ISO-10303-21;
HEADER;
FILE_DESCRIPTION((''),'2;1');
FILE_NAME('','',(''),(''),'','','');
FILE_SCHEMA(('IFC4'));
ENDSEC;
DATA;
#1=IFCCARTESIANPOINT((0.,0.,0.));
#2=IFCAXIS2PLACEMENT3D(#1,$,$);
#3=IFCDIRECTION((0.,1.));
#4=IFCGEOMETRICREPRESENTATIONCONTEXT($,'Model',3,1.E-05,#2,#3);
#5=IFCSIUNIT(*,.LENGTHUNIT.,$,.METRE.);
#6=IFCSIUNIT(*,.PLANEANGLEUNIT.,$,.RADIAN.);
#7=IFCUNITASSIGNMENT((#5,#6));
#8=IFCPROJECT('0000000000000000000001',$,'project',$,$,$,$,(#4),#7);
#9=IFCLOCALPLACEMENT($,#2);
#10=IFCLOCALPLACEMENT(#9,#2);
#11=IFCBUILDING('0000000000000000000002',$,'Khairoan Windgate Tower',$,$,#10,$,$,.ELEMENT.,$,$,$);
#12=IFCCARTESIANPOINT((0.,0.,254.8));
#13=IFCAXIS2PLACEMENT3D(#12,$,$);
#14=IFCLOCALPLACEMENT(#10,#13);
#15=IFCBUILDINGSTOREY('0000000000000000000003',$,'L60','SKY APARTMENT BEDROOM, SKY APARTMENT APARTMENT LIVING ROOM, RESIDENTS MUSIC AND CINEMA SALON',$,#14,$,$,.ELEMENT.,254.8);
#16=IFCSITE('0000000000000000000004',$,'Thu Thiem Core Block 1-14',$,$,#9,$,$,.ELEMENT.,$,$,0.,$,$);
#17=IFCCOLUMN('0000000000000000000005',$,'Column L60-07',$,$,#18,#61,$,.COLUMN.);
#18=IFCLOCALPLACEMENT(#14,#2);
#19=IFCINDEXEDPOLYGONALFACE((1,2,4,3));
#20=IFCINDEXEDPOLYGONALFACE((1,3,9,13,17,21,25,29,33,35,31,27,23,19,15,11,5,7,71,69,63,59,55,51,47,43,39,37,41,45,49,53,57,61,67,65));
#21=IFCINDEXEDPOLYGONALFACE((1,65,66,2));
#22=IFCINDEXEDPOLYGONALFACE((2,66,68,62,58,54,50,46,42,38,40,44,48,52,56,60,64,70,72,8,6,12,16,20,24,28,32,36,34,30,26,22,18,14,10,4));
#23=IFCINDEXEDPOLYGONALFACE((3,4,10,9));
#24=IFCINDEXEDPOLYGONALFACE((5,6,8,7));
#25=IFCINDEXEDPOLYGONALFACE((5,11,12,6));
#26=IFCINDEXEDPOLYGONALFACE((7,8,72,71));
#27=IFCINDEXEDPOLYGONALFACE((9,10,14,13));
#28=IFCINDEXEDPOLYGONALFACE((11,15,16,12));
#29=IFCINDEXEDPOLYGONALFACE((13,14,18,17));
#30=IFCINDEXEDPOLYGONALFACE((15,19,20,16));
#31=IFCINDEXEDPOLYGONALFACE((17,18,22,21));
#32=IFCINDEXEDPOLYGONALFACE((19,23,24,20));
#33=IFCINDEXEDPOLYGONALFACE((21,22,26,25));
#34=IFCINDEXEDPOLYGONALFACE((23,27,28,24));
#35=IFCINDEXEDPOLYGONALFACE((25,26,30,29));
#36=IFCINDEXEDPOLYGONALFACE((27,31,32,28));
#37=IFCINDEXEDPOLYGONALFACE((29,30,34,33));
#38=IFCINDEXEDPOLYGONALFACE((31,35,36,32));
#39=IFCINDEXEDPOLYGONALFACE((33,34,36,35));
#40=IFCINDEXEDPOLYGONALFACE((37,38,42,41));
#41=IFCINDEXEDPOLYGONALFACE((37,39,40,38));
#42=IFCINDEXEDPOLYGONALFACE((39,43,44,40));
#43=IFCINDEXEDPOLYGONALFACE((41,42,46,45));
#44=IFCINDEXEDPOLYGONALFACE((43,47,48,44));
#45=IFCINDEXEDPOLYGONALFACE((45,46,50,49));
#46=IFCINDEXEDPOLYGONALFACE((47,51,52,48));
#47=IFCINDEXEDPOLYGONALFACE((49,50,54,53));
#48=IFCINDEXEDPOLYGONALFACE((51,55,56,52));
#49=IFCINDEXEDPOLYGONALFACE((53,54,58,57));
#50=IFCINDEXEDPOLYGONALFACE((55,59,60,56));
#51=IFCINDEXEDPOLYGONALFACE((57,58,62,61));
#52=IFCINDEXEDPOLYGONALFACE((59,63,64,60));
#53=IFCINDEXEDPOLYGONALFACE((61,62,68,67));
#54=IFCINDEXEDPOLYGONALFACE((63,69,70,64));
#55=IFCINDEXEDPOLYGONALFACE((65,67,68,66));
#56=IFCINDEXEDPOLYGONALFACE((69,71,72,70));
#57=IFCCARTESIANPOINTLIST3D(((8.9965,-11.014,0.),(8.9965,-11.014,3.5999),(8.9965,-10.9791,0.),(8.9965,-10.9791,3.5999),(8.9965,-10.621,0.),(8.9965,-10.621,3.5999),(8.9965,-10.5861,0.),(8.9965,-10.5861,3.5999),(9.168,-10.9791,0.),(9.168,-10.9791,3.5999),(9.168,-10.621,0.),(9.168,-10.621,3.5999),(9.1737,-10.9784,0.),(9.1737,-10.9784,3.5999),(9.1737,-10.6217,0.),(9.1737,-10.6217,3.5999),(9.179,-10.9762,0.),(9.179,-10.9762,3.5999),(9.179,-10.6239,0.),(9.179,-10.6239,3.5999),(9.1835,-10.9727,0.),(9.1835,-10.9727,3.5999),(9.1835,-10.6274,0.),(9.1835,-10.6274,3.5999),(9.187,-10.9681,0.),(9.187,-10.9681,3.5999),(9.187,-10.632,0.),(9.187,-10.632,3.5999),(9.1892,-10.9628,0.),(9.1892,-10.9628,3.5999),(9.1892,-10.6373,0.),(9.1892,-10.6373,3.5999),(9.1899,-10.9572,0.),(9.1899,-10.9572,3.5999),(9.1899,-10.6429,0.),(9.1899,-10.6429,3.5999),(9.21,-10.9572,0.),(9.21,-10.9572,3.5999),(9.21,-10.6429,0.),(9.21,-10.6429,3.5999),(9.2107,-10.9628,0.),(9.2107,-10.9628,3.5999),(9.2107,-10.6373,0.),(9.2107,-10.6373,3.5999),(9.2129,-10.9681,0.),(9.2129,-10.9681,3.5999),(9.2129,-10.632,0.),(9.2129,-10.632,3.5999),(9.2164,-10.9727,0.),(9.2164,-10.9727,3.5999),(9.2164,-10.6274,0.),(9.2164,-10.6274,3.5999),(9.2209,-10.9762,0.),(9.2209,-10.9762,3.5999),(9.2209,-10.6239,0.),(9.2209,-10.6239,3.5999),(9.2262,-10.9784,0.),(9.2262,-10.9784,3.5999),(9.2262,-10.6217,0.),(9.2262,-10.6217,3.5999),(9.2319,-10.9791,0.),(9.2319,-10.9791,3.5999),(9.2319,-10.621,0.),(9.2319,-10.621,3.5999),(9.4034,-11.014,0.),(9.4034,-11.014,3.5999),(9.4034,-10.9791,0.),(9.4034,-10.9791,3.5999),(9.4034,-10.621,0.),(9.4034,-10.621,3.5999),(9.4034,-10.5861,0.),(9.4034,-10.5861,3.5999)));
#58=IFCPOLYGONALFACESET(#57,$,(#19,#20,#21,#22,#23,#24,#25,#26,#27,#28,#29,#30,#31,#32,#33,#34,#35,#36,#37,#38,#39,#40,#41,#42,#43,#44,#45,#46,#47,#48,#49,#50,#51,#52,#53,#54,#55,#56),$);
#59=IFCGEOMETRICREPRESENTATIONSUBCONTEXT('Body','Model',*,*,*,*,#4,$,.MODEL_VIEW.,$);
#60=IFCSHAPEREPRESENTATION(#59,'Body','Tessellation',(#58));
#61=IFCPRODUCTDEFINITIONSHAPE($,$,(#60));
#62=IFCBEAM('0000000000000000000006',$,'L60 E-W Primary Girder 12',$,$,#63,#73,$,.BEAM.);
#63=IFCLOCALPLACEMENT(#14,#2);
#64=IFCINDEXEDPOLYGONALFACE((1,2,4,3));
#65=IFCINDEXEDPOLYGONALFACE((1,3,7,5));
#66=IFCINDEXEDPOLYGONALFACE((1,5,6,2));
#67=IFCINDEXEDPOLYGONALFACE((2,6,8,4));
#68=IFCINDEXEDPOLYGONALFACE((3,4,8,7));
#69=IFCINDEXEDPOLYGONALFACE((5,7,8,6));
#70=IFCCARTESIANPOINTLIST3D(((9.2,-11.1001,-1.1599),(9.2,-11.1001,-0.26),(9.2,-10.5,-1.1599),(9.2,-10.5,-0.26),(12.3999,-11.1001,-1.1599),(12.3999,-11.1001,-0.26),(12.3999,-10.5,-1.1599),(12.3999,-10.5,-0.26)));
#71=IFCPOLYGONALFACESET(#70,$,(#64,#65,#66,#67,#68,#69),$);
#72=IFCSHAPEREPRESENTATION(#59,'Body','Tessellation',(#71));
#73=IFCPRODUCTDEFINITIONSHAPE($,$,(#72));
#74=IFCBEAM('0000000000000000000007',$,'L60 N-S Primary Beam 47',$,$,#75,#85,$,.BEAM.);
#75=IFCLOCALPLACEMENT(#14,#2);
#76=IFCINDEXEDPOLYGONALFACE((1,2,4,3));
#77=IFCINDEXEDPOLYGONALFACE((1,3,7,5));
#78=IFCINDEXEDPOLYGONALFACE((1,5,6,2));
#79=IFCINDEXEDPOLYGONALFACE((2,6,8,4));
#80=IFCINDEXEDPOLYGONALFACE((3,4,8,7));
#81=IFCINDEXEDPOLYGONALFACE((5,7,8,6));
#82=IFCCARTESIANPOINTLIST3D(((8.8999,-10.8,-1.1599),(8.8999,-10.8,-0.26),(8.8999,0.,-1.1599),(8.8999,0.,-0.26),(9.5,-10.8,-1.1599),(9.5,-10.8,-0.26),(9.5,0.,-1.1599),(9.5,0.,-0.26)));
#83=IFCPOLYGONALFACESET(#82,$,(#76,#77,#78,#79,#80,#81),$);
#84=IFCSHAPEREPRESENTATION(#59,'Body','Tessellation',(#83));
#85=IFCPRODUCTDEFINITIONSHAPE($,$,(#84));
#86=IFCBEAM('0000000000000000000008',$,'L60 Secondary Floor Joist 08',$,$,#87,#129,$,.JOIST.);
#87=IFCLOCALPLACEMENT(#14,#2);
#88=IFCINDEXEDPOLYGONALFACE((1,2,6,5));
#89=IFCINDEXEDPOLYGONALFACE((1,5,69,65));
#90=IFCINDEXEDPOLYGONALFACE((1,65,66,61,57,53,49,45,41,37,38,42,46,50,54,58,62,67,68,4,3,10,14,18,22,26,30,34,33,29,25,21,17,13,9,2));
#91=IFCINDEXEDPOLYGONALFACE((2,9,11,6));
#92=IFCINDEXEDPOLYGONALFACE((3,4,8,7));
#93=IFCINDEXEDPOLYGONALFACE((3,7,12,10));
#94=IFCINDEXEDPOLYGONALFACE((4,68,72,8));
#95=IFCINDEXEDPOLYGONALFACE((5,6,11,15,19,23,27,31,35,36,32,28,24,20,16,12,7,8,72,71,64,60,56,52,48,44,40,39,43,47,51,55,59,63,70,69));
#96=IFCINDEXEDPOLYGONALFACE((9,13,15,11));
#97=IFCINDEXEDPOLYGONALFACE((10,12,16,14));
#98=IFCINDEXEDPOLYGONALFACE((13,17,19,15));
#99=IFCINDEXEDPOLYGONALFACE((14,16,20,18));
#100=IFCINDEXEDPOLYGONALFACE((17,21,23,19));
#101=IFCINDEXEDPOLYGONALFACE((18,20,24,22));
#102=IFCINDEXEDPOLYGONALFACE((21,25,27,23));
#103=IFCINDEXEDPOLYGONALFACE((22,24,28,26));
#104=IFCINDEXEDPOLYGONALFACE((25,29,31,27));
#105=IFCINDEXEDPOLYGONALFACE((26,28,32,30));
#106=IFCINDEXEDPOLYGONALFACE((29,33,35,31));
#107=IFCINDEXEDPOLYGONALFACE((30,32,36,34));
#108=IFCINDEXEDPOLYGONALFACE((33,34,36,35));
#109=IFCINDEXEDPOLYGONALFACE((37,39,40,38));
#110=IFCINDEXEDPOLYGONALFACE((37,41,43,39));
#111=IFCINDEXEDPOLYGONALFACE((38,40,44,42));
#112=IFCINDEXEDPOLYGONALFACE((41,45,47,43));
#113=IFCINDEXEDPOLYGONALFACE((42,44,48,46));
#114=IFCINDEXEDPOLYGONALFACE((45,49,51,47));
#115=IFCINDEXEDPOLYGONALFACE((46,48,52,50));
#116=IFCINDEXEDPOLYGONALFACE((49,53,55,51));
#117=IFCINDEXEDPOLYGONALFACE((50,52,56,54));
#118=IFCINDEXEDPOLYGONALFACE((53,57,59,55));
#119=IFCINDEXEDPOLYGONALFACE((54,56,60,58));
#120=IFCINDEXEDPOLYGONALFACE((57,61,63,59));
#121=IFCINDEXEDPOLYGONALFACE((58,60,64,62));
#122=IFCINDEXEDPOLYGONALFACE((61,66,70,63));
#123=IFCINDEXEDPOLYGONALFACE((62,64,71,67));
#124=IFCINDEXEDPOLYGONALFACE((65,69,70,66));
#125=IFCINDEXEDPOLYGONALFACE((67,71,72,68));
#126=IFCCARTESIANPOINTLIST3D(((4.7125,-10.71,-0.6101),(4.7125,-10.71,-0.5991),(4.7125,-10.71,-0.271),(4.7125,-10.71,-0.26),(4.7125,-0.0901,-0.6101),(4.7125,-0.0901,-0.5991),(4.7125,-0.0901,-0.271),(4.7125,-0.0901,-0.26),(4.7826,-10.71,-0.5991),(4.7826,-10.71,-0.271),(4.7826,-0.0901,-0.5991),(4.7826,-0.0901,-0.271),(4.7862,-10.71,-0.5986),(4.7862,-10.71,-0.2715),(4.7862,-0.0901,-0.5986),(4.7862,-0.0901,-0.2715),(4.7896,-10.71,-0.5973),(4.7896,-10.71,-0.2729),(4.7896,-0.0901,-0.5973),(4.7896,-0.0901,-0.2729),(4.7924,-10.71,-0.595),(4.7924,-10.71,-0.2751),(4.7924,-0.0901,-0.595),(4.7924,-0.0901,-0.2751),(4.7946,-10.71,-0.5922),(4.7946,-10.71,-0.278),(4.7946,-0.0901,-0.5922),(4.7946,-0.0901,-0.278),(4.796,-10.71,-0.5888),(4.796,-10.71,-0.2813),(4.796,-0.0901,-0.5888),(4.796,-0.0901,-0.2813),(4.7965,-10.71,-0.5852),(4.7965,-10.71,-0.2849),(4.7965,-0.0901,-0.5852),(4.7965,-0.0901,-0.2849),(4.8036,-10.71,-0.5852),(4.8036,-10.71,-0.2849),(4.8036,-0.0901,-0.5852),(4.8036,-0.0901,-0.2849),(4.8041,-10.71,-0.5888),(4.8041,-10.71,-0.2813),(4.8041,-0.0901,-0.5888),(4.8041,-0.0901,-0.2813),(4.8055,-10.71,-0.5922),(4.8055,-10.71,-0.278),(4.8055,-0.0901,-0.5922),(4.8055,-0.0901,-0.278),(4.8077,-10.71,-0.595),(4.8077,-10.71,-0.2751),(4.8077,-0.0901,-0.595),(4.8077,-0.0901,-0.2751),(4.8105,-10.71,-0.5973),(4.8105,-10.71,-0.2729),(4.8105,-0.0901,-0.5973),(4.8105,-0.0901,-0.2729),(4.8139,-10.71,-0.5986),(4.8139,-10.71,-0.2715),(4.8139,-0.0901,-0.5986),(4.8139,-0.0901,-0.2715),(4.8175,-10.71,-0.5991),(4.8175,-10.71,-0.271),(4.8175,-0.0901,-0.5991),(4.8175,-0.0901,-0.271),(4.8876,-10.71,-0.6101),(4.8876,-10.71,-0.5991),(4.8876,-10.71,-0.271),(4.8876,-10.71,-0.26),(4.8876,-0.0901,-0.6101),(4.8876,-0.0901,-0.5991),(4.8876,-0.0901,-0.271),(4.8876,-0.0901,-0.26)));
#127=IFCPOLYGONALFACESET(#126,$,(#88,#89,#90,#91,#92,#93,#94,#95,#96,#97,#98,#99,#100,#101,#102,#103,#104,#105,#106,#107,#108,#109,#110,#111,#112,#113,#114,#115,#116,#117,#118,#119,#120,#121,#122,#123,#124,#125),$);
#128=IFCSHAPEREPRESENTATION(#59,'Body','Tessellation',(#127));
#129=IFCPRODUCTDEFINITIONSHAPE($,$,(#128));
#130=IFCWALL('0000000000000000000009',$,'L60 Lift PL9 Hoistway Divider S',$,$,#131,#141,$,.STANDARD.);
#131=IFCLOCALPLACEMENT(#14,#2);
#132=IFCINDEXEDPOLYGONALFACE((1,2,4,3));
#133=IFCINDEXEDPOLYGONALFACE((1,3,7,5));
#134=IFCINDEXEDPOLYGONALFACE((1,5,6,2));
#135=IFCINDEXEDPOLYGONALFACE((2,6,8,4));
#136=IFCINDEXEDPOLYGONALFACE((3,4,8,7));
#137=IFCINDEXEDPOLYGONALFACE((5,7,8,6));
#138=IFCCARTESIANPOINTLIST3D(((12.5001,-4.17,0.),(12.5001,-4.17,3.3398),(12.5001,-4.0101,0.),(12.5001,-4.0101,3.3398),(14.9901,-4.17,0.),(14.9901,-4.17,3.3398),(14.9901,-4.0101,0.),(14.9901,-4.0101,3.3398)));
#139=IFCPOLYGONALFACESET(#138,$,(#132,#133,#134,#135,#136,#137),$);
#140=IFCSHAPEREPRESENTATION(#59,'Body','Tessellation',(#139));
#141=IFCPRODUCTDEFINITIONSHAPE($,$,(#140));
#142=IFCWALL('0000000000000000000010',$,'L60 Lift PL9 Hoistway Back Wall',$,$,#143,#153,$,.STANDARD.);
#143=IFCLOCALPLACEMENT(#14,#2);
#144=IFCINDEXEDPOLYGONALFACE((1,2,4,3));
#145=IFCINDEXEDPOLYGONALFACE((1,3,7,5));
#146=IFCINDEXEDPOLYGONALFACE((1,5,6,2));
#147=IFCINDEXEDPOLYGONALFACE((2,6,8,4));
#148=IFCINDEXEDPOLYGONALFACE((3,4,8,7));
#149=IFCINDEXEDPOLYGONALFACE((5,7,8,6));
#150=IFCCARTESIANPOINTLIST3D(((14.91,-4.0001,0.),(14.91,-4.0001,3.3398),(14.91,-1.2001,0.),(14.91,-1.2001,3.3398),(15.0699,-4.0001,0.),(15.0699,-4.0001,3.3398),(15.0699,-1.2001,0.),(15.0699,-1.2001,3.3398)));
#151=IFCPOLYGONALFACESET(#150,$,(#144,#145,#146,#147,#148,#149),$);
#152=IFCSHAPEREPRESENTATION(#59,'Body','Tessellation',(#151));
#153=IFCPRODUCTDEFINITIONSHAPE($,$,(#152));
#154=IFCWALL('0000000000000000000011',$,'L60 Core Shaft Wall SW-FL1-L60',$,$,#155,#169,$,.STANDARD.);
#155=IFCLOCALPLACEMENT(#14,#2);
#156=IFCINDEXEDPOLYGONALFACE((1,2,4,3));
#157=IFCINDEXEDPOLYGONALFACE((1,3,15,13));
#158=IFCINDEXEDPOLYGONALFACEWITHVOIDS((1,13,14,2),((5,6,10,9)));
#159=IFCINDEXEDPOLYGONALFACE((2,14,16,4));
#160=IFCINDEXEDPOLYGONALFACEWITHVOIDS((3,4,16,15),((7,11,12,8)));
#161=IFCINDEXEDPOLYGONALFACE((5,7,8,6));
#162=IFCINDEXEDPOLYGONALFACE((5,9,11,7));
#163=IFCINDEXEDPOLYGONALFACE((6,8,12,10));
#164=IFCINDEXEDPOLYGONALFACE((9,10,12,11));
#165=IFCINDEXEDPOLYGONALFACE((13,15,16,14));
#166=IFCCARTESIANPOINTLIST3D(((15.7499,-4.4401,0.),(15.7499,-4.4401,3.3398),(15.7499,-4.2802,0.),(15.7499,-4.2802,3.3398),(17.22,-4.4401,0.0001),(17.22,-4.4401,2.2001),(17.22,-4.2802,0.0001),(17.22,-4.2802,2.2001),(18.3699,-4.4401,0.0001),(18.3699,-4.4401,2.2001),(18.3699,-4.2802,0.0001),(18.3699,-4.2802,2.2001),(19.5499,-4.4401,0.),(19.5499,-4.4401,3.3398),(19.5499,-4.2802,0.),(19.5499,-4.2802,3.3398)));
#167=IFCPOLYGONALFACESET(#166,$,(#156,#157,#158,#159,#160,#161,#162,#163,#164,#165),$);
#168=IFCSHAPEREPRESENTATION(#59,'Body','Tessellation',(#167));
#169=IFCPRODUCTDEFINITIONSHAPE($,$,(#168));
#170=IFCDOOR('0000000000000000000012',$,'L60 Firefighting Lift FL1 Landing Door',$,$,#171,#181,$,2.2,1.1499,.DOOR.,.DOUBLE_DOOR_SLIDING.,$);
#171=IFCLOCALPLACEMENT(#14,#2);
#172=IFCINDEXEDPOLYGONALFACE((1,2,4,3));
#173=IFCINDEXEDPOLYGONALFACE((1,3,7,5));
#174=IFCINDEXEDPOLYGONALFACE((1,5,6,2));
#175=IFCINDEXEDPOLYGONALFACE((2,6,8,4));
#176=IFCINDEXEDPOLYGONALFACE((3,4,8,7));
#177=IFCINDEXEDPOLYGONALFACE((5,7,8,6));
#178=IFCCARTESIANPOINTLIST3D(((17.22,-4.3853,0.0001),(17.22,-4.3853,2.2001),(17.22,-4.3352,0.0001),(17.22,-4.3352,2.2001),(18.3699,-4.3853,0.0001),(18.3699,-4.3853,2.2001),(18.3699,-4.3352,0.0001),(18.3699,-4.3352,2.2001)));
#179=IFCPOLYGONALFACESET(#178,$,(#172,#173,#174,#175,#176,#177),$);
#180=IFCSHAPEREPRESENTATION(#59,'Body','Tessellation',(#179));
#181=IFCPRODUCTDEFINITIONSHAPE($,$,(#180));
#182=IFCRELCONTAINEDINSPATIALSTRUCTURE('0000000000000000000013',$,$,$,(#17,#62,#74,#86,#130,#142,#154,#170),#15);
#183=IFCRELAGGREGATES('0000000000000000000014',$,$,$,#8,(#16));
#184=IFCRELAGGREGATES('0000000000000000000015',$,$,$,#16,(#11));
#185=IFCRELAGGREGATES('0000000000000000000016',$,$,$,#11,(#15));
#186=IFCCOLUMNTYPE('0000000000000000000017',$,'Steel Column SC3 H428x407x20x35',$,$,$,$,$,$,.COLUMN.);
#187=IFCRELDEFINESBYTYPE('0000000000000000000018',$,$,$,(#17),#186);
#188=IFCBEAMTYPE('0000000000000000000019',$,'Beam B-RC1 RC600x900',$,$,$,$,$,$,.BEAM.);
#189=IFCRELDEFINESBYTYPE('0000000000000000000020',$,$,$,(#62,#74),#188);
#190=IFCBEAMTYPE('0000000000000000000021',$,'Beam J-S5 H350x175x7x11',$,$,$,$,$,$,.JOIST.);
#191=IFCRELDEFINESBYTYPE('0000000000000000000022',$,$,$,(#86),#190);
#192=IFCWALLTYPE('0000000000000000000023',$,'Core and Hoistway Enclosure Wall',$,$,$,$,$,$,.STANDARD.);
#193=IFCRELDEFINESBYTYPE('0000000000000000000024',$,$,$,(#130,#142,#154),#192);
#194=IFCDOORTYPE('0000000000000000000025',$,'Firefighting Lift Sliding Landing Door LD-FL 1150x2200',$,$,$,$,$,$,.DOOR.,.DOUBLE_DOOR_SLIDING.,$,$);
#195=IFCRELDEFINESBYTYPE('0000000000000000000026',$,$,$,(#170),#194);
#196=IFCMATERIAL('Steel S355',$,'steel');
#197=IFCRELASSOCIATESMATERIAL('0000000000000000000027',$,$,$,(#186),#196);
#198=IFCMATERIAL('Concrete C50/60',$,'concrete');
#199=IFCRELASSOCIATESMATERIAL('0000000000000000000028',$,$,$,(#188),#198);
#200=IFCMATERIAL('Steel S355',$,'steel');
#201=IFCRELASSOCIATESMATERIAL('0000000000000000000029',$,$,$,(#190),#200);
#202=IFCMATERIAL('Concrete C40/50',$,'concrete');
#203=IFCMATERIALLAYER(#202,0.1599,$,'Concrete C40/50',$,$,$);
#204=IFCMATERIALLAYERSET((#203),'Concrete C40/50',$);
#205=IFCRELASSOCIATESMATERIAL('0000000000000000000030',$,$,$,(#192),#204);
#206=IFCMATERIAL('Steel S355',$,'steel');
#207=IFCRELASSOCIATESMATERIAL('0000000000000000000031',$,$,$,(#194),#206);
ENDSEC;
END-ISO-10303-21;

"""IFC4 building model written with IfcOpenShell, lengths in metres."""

from ifc_helpers import new_model, si_unit, direction, frame, frame_2d, origin, origin_2d, place, context, subcontext, project, spatial, rectangle, i_section, extrude, material, layer, layer_set, material_profile, profile_set, type_object, element, fill, save


model = new_model("IFC4")

# Units and contexts
model_context = context("Model", 3, precision=1e-05, world=origin(), true_north=direction((0.0, 1.0)))
body_context = subcontext(model_context, "Body", "Model", "MODEL_VIEW")
ifc_project = project(units=[si_unit("LENGTHUNIT", "METRE"), si_unit("PLANEANGLEUNIT", "RADIAN")], contexts=[model_context])

# Site, building, storey
site_placement = place(None, origin())
site = spatial("IfcSite", under=ifc_project, at=site_placement, Name="Thu Thiem Core Block 1-14", CompositionType="ELEMENT", RefElevation=0.0)
building_placement = place(site_placement, origin())
building = spatial("IfcBuilding", under=site, at=building_placement, Name="Khairoan Windgate Tower", CompositionType="ELEMENT")
storey_placement = place(building_placement, frame((0.0, 0.0, 254.8)))
storey = spatial("IfcBuildingStorey", under=building, at=storey_placement, Name="L60", Description="SKY APARTMENT BEDROOM, SKY APARTMENT APARTMENT LIVING ROOM, RESIDENTS MUSIC AND CINEMA SALON", CompositionType="ELEMENT", Elevation=254.8)

# Column
ifc_material_1 = material(Name="Steel S355", Category="steel")
ifc_material_profile_1 = material_profile(ifc_material_1, i_section(OverallWidth=0.407, OverallDepth=0.428, WebThickness=0.02, FlangeThickness=0.0349, FilletRadius=0.022, at=origin_2d()))
ifc_profile_set_1 = profile_set([ifc_material_profile_1], Name="Steel S355")
column_type = type_object("IfcColumnType", Name="Steel Column SC3 H428x407x20x35", PredefinedType="COLUMN", material=ifc_profile_set_1)
column_placement = place(storey_placement, frame((9.2, -10.8, 0.0), z_axis=(0.0, 0.0, 1.0), x_axis=(1.0, 0.0, 0.0)))
element("IfcColumn", 1, at=column_placement, inside=storey, type_object=column_type, Name="Column L60-07", PredefinedType="COLUMN", context=body_context, shape_type="SweptSolid", body=[
    extrude(i_section(OverallWidth=0.407, OverallDepth=0.428, WebThickness=0.02, FlangeThickness=0.0349, FilletRadius=0.022, at=origin_2d()), origin(), (0.0, 0.0, 1.0), 3.5999),
])

# Beams
ifc_material_2 = material(Name="Concrete C50/60", Category="concrete")
ifc_material_profile_2 = material_profile(ifc_material_2, rectangle(XDim=0.6001, YDim=0.8999, at=origin_2d()))
ifc_profile_set_2 = profile_set([ifc_material_profile_2], Name="Concrete C50/60")
beam_type_1 = type_object("IfcBeamType", Name="Beam B-RC1 RC600x900", PredefinedType="BEAM", material=ifc_profile_set_2)
beam_1_placement = place(storey_placement, frame((9.2, -10.8, -0.71), z_axis=(1.0, 0.0, 0.0), x_axis=(0.0, 1.0, 0.0)))
element("IfcBeam", 2, at=beam_1_placement, inside=storey, type_object=beam_type_1, Name="L60 E-W Primary Girder 12", PredefinedType="BEAM", context=body_context, shape_type="SweptSolid", body=[
    extrude(rectangle(XDim=0.6001, YDim=0.8999, at=origin_2d()), origin(), (0.0, 0.0, 1.0), 3.2),
])
beam_2_placement = place(storey_placement, frame((9.2, -10.8, -0.71), z_axis=(0.0, 1.0, 0.0), x_axis=(-1.0, 0.0, 0.0)))
element("IfcBeam", 3, at=beam_2_placement, inside=storey, type_object=beam_type_1, Name="L60 N-S Primary Beam 47", PredefinedType="BEAM", context=body_context, shape_type="SweptSolid", body=[
    extrude(rectangle(XDim=0.6001, YDim=0.8999, at=origin_2d()), origin(), (0.0, 0.0, 1.0), 10.8),
])
ifc_material_3 = material(Name="Steel S355", Category="steel")
ifc_material_profile_3 = material_profile(ifc_material_3, i_section(OverallWidth=0.175, OverallDepth=0.3501, WebThickness=0.0071, FlangeThickness=0.011, FilletRadius=0.0139, at=origin_2d()))
ifc_profile_set_3 = profile_set([ifc_material_profile_3], Name="Steel S355")
beam_type_2 = type_object("IfcBeamType", Name="Beam J-S5 H350x175x7x11", PredefinedType="JOIST", material=ifc_profile_set_3)
beam_3_placement = place(storey_placement, frame((4.8, -10.71, -0.4351), z_axis=(0.0, 1.0, 0.0), x_axis=(-1.0, 0.0, 0.0)))
element("IfcBeam", 4, at=beam_3_placement, inside=storey, type_object=beam_type_2, Name="L60 Secondary Floor Joist 08", PredefinedType="JOIST", context=body_context, shape_type="SweptSolid", body=[
    extrude(i_section(OverallWidth=0.175, OverallDepth=0.3501, WebThickness=0.0071, FlangeThickness=0.011, FilletRadius=0.0139, at=origin_2d()), origin(), (0.0, 0.0, 1.0), 10.6199),
])

# Walls
ifc_material_4 = material(Name="Concrete C40/50", Category="concrete")
ifc_layer_1 = layer(ifc_material_4, 0.1599, Name="Concrete C40/50")
ifc_layer_set_1 = layer_set([ifc_layer_1], Name="Concrete C40/50")
wall_type_1 = type_object("IfcWallType", Name="Core and Hoistway Enclosure Wall", PredefinedType="STANDARD", material=ifc_layer_set_1)
wall_1_placement = place(storey_placement, frame((12.5, -4.0901, 0.0), z_axis=(0.0, 0.0, 1.0), x_axis=(1.0, 0.0, 0.0)))
element("IfcWall", 5, at=wall_1_placement, inside=storey, type_object=wall_type_1, Name="L60 Lift PL9 Hoistway Divider S", PredefinedType="STANDARD", context=body_context, shape_type="SweptSolid", body=[
    extrude(rectangle(XDim=2.49, YDim=0.1599, at=frame_2d((1.2451, 0.0))), origin(), (0.0, 0.0, 1.0), 3.3398),
])
wall_2_placement = place(storey_placement, frame((14.99, -4.0, 0.0), z_axis=(0.0, 0.0, 1.0), x_axis=(0.0, 1.0, 0.0)))
element("IfcWall", 6, at=wall_2_placement, inside=storey, type_object=wall_type_1, Name="L60 Lift PL9 Hoistway Back Wall", PredefinedType="STANDARD", context=body_context, shape_type="SweptSolid", body=[
    extrude(rectangle(XDim=2.8, YDim=0.1599, at=frame_2d((1.3999, 0.0))), origin(), (0.0, 0.0, 1.0), 3.3398),
])

# Wall, opening, door
wall_3_placement = place(storey_placement, frame((15.75, -4.3601, 0.0), z_axis=(0.0, 0.0, 1.0), x_axis=(1.0, 0.0, 0.0)))
wall_3 = element("IfcWall", 7, at=wall_3_placement, inside=storey, type_object=wall_type_1, Name="L60 Core Shaft Wall SW-FL1-L60", PredefinedType="STANDARD", context=body_context, shape_type="SweptSolid", body=[
    extrude(rectangle(XDim=3.8, YDim=0.1599, at=frame_2d((1.8999, 0.0))), origin(), (0.0, 0.0, 1.0), 3.3398),
])
opening_1_placement = place(wall_3_placement, frame((1.47, 0.0, 0.0)))
opening_1 = element("IfcOpeningElement", 8, at=opening_1_placement, cuts=wall_3, PredefinedType="OPENING", context=body_context, shape_type="SweptSolid", body=[
    extrude(rectangle(XDim=1.1499, YDim=2.2, at=frame_2d((0.575, 1.1001))), frame((0.0, 0.0898, 0.0), z_axis=(0.0, -1.0, 0.0), x_axis=(1.0, 0.0, 0.0)), (0.0, 0.0, 1.0), 0.1799),
])
ifc_material_5 = material(Name="Steel S355", Category="steel")
door_type_1 = type_object("IfcDoorType", Name="Firefighting Lift Sliding Landing Door LD-FL 1150x2200", OperationType="DOUBLE_DOOR_SLIDING", PredefinedType="DOOR", material=ifc_material_5)
door_1_placement = place(opening_1_placement, origin())
door_1 = element("IfcDoor", 9, at=door_1_placement, inside=storey, type_object=door_type_1, Name="L60 Firefighting Lift FL1 Landing Door", OperationType="DOUBLE_DOOR_SLIDING", OverallHeight=2.2, OverallWidth=1.1499, PredefinedType="DOOR", context=body_context, shape_type="SweptSolid", body=[
    extrude(rectangle(XDim=1.1499, YDim=2.2, at=frame_2d((0.575, 1.1001))), frame((0.0, 0.0249, 0.0), z_axis=(0.0, -1.0, 0.0), x_axis=(1.0, 0.0, 0.0)), (0.0, 0.0, 1.0), 0.05),
])
fill(opening_1, door_1)

save(model, "model.ifc")
